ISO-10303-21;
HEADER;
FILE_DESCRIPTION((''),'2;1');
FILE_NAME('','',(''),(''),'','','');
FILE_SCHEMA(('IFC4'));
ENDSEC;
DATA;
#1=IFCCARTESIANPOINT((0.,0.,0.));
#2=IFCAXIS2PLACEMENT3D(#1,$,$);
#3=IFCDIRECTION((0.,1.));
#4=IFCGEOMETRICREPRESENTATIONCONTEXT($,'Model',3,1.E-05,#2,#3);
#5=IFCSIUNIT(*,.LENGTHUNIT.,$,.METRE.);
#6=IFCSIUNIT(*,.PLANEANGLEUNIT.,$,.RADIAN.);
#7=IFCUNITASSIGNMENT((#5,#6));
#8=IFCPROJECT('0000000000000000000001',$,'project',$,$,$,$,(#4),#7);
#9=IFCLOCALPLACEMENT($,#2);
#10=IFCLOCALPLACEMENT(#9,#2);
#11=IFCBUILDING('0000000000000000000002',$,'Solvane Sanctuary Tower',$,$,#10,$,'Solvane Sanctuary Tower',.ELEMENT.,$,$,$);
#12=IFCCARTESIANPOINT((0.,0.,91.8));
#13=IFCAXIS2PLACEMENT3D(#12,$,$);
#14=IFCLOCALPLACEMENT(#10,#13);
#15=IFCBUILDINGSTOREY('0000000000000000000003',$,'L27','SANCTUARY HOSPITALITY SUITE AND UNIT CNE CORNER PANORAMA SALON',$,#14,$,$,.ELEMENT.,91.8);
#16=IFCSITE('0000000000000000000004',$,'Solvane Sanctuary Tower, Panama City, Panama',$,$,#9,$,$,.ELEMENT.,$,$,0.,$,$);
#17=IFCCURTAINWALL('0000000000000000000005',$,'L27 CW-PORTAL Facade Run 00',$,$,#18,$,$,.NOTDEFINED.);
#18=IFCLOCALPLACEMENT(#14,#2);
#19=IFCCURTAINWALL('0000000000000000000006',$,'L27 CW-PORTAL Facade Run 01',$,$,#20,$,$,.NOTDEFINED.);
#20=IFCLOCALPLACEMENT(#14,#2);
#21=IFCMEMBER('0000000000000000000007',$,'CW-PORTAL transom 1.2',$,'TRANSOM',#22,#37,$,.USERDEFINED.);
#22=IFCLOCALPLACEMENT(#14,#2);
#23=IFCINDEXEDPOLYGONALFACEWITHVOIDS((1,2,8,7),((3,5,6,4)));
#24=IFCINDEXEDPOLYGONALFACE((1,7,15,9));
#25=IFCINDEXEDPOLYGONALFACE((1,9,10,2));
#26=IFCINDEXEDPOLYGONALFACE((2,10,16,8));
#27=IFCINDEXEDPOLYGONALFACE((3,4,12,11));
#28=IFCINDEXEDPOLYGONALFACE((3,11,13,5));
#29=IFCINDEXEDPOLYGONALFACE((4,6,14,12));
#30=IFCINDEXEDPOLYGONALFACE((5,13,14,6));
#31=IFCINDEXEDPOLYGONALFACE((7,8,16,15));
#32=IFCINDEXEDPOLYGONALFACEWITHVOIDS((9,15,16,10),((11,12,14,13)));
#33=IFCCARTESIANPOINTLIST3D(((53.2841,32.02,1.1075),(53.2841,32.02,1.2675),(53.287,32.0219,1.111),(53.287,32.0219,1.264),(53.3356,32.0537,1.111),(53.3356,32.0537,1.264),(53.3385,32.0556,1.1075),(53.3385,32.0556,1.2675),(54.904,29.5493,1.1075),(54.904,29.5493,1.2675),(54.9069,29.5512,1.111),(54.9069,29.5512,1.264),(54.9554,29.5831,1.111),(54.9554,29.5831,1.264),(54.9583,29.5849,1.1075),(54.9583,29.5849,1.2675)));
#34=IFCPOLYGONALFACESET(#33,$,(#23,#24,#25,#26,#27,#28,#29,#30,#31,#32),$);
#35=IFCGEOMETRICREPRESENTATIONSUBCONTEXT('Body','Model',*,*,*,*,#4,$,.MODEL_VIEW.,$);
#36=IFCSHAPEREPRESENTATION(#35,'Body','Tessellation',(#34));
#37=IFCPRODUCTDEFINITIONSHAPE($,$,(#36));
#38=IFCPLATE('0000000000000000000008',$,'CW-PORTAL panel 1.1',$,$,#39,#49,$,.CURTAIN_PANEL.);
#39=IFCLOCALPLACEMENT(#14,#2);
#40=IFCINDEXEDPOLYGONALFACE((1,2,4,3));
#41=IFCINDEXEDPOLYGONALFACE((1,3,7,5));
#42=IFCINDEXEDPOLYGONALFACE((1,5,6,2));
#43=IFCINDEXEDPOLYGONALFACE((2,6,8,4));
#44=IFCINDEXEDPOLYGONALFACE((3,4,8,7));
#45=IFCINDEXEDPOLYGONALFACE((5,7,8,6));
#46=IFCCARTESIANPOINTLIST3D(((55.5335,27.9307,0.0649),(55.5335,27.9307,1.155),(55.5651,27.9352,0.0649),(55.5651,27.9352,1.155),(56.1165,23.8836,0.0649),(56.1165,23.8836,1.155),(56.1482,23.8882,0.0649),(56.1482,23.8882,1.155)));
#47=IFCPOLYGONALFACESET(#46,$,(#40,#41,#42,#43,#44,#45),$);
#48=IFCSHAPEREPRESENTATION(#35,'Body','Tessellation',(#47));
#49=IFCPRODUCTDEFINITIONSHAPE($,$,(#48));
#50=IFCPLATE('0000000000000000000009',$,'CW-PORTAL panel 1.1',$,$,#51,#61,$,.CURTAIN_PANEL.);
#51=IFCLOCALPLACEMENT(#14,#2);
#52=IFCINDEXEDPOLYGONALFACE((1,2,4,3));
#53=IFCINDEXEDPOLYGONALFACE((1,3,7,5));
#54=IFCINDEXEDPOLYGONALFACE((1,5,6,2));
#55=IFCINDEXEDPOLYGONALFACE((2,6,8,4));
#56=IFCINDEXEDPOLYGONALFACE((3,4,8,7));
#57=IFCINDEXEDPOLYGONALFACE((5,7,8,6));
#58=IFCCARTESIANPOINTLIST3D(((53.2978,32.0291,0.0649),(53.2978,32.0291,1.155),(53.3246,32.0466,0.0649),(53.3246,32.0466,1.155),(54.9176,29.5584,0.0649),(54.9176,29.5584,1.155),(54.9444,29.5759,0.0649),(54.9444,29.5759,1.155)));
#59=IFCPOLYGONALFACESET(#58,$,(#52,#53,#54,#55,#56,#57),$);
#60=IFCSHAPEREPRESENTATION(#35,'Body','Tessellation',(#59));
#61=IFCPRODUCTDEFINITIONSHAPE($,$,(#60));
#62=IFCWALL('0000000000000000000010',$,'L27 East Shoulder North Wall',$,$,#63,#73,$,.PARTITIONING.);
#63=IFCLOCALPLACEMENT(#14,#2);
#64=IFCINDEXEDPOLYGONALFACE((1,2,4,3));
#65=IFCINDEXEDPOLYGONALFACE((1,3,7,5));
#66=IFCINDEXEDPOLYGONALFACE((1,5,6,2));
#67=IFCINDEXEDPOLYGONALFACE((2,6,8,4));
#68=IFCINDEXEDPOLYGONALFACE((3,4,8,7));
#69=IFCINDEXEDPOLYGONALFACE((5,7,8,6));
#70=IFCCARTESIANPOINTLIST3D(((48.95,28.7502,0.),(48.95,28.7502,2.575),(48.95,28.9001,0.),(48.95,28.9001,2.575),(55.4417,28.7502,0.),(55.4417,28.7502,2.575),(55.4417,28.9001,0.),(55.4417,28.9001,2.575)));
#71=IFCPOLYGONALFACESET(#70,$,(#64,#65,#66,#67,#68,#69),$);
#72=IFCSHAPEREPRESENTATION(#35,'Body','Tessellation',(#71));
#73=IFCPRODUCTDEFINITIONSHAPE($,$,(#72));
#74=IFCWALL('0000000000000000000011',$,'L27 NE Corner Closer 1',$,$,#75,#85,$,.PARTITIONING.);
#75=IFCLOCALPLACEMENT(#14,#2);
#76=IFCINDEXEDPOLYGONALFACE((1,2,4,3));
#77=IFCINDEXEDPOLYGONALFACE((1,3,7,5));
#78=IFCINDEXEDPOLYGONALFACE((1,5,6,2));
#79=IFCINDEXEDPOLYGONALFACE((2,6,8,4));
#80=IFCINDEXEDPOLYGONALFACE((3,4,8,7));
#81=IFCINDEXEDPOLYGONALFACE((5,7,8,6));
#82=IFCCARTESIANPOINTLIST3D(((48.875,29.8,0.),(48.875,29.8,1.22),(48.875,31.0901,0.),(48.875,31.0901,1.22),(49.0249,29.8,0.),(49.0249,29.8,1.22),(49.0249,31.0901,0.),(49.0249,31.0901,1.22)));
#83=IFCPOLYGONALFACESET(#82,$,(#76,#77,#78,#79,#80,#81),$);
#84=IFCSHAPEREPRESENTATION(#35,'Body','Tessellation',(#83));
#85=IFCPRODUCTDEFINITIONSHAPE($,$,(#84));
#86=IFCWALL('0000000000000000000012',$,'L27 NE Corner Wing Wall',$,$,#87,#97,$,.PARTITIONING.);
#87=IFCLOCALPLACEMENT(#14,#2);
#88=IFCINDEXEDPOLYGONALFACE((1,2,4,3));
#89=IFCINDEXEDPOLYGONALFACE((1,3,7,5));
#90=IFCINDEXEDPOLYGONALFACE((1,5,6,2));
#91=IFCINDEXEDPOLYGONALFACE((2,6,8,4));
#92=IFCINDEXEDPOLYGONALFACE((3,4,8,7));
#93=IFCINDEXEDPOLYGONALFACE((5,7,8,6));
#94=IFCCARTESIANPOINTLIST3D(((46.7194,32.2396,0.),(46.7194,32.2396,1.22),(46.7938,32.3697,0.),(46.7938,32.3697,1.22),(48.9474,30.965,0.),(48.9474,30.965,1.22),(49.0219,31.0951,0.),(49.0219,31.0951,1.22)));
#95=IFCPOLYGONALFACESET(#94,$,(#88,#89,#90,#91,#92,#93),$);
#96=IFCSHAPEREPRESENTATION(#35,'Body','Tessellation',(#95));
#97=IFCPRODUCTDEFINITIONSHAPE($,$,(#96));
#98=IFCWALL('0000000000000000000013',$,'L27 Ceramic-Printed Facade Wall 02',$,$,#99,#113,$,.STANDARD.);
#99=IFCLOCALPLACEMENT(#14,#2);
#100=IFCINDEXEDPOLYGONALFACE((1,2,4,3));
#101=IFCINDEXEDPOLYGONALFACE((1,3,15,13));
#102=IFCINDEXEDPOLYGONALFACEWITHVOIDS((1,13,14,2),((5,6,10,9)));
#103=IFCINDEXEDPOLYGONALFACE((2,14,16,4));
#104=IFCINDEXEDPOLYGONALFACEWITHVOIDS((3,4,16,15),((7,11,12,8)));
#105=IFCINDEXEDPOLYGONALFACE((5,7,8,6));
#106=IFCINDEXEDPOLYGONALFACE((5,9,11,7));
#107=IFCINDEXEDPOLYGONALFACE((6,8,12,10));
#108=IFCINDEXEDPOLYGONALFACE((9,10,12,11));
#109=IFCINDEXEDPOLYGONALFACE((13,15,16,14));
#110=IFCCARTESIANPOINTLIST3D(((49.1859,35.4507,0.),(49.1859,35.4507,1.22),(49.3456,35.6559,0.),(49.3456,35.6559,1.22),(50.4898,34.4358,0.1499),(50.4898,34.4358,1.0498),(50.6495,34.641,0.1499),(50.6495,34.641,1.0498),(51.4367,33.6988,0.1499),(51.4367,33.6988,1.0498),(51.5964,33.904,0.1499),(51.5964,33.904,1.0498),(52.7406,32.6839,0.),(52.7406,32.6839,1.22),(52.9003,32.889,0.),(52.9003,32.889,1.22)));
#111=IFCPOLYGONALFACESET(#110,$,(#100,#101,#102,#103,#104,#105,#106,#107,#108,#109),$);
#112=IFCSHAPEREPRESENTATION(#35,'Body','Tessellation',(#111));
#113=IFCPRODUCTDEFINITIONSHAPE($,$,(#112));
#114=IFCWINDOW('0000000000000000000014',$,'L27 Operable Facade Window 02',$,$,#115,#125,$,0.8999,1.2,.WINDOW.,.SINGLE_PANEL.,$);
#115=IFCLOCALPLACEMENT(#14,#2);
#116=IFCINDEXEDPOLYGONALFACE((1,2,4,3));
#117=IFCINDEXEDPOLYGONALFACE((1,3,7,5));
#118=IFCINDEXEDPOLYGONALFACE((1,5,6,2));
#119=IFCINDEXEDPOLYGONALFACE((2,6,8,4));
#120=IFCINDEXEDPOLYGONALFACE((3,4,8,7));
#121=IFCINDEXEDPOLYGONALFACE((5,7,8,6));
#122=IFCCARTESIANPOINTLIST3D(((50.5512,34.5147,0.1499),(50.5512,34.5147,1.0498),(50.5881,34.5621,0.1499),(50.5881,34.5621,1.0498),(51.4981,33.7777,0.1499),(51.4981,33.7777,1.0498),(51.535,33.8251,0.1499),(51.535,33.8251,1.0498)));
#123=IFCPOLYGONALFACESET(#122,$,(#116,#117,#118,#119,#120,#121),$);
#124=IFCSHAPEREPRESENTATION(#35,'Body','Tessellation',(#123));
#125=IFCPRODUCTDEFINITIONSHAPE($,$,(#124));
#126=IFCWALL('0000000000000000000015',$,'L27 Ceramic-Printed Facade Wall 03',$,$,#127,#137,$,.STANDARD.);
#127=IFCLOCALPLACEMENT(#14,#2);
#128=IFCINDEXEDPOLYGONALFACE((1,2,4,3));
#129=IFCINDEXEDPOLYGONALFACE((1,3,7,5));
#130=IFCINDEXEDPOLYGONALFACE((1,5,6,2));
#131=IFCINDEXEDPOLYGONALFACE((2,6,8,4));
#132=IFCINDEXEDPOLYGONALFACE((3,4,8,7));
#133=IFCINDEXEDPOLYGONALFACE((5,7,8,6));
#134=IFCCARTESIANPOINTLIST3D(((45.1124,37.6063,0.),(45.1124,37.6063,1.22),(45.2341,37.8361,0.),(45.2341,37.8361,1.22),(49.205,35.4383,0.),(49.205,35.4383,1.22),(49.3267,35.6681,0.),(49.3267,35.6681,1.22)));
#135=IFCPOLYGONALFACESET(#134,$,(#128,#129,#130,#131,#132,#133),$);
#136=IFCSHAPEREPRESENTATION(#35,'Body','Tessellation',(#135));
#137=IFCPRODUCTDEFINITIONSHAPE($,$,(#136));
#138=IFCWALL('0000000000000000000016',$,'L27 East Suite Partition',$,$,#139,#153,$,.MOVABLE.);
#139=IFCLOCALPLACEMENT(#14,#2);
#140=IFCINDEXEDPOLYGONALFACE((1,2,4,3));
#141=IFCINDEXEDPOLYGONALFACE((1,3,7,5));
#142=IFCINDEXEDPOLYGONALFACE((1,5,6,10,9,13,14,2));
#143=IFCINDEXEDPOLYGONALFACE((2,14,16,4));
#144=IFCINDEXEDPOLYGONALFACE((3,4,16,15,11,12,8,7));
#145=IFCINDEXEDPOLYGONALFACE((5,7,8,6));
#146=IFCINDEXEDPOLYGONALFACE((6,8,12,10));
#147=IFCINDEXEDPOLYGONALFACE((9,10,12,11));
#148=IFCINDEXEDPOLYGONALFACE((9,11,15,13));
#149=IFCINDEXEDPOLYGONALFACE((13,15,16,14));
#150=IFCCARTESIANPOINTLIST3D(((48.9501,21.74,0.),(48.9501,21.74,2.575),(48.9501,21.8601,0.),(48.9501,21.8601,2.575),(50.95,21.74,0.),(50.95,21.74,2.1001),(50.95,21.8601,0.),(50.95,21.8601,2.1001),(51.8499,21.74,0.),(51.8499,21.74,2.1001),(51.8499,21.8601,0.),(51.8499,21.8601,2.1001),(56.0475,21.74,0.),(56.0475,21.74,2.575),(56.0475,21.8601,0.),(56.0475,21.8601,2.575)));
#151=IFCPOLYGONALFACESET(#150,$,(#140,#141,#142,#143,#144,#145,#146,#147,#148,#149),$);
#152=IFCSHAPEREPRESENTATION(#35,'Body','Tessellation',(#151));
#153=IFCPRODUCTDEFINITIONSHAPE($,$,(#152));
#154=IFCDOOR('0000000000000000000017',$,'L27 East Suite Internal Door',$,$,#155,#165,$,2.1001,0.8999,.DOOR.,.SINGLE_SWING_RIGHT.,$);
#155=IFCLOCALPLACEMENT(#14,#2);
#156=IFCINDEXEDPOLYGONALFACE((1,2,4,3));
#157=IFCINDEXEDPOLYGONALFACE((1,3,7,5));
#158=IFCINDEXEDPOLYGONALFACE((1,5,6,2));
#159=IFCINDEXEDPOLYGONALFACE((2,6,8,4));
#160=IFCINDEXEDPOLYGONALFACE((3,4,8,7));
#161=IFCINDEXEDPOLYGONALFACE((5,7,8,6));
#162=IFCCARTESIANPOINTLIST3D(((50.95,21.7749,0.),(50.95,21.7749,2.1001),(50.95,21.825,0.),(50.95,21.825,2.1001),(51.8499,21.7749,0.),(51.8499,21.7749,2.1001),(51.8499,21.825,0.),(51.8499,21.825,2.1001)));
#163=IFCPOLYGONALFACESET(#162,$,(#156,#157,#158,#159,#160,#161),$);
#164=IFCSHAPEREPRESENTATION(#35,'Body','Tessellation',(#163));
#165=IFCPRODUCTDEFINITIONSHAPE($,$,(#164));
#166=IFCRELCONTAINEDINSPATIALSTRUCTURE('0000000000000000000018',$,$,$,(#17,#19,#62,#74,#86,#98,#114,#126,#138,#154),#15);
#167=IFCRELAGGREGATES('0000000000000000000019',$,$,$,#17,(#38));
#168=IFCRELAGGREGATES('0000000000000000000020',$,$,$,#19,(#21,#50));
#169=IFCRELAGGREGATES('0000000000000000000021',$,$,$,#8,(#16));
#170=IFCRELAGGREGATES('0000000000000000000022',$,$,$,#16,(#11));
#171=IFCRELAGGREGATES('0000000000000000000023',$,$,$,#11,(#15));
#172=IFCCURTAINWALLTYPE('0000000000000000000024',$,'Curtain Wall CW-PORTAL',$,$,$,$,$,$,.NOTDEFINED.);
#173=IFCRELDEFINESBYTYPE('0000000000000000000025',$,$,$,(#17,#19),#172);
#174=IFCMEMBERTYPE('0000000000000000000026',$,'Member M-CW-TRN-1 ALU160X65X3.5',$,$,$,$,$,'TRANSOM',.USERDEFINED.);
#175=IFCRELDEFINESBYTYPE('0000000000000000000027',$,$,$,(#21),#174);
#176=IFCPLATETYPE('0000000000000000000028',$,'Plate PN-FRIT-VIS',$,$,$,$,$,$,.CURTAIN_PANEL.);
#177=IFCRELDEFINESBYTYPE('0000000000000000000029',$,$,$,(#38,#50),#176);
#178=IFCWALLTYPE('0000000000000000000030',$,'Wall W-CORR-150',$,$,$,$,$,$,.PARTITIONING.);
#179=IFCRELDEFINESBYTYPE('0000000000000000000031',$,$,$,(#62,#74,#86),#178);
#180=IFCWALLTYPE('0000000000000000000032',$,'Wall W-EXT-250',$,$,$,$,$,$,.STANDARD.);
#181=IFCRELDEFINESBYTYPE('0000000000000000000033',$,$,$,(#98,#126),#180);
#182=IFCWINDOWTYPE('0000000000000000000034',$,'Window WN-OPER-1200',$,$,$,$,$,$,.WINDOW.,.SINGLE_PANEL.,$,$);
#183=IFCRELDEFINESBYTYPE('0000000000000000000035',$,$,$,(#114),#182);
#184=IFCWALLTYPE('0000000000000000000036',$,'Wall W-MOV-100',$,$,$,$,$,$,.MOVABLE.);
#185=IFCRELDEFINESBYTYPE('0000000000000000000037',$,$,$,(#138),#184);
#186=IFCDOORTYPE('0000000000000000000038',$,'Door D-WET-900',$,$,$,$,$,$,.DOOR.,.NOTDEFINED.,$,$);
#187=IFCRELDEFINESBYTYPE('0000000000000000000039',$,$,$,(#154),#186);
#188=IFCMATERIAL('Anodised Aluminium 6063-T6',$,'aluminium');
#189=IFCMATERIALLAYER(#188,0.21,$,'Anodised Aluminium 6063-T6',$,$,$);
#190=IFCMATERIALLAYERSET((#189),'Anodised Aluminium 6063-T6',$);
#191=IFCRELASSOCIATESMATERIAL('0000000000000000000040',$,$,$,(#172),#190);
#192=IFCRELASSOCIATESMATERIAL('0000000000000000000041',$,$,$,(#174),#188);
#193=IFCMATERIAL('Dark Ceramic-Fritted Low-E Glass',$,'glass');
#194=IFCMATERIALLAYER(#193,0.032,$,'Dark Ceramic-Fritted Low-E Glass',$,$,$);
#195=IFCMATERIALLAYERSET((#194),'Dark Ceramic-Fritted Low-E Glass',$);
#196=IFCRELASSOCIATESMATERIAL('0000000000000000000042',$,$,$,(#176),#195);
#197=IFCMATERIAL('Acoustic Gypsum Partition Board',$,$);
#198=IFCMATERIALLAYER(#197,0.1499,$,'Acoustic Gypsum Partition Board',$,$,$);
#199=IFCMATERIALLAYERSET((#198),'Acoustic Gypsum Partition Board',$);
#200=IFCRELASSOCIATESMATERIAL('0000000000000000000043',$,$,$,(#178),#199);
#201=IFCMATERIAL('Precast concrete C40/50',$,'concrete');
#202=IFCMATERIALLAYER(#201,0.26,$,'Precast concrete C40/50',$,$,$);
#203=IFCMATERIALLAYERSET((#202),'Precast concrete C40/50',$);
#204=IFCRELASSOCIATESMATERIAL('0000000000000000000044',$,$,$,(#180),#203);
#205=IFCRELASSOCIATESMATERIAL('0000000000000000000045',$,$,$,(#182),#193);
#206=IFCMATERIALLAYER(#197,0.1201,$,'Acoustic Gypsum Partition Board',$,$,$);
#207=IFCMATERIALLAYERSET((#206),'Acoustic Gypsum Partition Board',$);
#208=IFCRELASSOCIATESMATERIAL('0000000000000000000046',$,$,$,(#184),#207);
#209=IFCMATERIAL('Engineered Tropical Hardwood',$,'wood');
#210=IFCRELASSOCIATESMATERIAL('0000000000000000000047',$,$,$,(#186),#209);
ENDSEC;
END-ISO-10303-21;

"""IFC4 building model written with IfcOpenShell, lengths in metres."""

from ifc_helpers import new_model, si_unit, direction, frame, frame_2d, origin, origin_2d, place, context, subcontext, project, spatial, rectangle, hollow_rectangle, extrude, material, layer, layer_set, material_profile, profile_set, type_object, element, fill, aggregate, save


model = new_model("IFC4")

# Units and contexts
model_context = context("Model", 3, precision=1e-05, world=origin(), true_north=direction((0.0, 1.0)))
body_context = subcontext(model_context, "Body", "Model", "MODEL_VIEW")
ifc_project = project(units=[si_unit("LENGTHUNIT", "METRE"), si_unit("PLANEANGLEUNIT", "RADIAN")], contexts=[model_context])

# Site, building, storey
site_placement = place(None, origin())
site = spatial("IfcSite", under=ifc_project, at=site_placement, Name="Solvane Sanctuary Tower, Panama City, Panama", CompositionType="ELEMENT", RefElevation=0.0)
building_placement = place(site_placement, origin())
building = spatial("IfcBuilding", under=site, at=building_placement, Name="Solvane Sanctuary Tower", LongName="Solvane Sanctuary Tower", CompositionType="ELEMENT")
storey_placement = place(building_placement, frame((0.0, 0.0, 91.8)))
storey = spatial("IfcBuildingStorey", under=building, at=storey_placement, Name="L27", Description="SANCTUARY HOSPITALITY SUITE AND UNIT CNE CORNER PANORAMA SALON", CompositionType="ELEMENT", Elevation=91.8)

# Curtain walls
ifc_material_1 = material(Name="Anodised Aluminium 6063-T6", Category="aluminium")
ifc_layer_1 = layer(ifc_material_1, 0.21, Name="Anodised Aluminium 6063-T6")
ifc_layer_set_1 = layer_set([ifc_layer_1], Name="Anodised Aluminium 6063-T6")
curtain_wall_type = type_object("IfcCurtainWallType", Name="Curtain Wall CW-PORTAL", PredefinedType="NOTDEFINED", material=ifc_layer_set_1)
curtain_wall_1_placement = place(storey_placement, origin())
curtain_wall_1 = element("IfcCurtainWall", 1, at=curtain_wall_1_placement, inside=storey, type_object=curtain_wall_type, Name="L27 CW-PORTAL Facade Run 00", PredefinedType="NOTDEFINED")
curtain_wall_2_placement = place(storey_placement, origin())
curtain_wall_2 = element("IfcCurtainWall", 2, at=curtain_wall_2_placement, inside=storey, type_object=curtain_wall_type, Name="L27 CW-PORTAL Facade Run 01", PredefinedType="NOTDEFINED")

# Member
ifc_material_profile_1 = material_profile(ifc_material_1, hollow_rectangle(XDim=0.0649, YDim=0.1599, WallThickness=0.0034, at=origin_2d()), Name="ALU160X65X3.5")
ifc_profile_set_1 = profile_set([ifc_material_profile_1], Name="Anodised Aluminium 6063-T6")
member_type_1 = type_object("IfcMemberType", Name="Member M-CW-TRN-1 ALU160X65X3.5", ElementType="TRANSOM", PredefinedType="USERDEFINED", material=ifc_profile_set_1)
member_1_placement = place(storey_placement, frame((54.9312, 29.5671, 1.1875), z_axis=(-0.548295, 0.836285, 0.0), x_axis=(-0.836285, -0.548295, 0.0)))
member_1 = element("IfcMember", 3, at=member_1_placement, type_object=member_type_1, Name="CW-PORTAL transom 1.2", ObjectType="TRANSOM", PredefinedType="USERDEFINED", context=body_context, shape_type="SweptSolid", body=[
    extrude(hollow_rectangle(XDim=0.0649, YDim=0.1599, WallThickness=0.0034, at=origin_2d()), origin(), (0.0, 0.0, 1.0), 2.9543),
])

# Plates
ifc_material_2 = material(Name="Dark Ceramic-Fritted Low-E Glass", Category="glass")
ifc_layer_2 = layer(ifc_material_2, 0.032, Name="Dark Ceramic-Fritted Low-E Glass")
ifc_layer_set_2 = layer_set([ifc_layer_2], Name="Dark Ceramic-Fritted Low-E Glass")
plate_type = type_object("IfcPlateType", Name="Plate PN-FRIT-VIS", PredefinedType="CURTAIN_PANEL", material=ifc_layer_set_2)
plate_1_placement = place(storey_placement, frame((55.8408, 25.9094, 0.0649), z_axis=(0.0, 0.0, 1.0), x_axis=(-0.142587, 0.989782, 0.0)))
plate_1 = element("IfcPlate", 4, at=plate_1_placement, type_object=plate_type, Name="CW-PORTAL panel 1.1", PredefinedType="CURTAIN_PANEL", context=body_context, shape_type="SweptSolid", body=[
    extrude(rectangle(XDim=4.0889, YDim=0.032, at=origin_2d()), origin(), (0.0, 0.0, 1.0), 1.0901),
])
aggregate(curtain_wall_1, [plate_1])
plate_2_placement = place(storey_placement, frame((54.1211, 30.8025, 0.0649), z_axis=(0.0, 0.0, 1.0), x_axis=(-0.548276, 0.836298, 0.0)))
plate_2 = element("IfcPlate", 5, at=plate_2_placement, type_object=plate_type, Name="CW-PORTAL panel 1.1", PredefinedType="CURTAIN_PANEL", context=body_context, shape_type="SweptSolid", body=[
    extrude(rectangle(XDim=2.9543, YDim=0.032, at=origin_2d()), origin(), (0.0, 0.0, 1.0), 1.0901),
])
aggregate(curtain_wall_2, [member_1, plate_2])

# Walls
ifc_material_3 = material(Name="Acoustic Gypsum Partition Board")
ifc_layer_3 = layer(ifc_material_3, 0.1499, Name="Acoustic Gypsum Partition Board")
ifc_layer_set_3 = layer_set([ifc_layer_3], Name="Acoustic Gypsum Partition Board")
wall_type_1 = type_object("IfcWallType", Name="Wall W-CORR-150", PredefinedType="PARTITIONING", material=ifc_layer_set_3)
wall_1_placement = place(storey_placement, frame((48.95, 28.8252, 0.0), z_axis=(0.0, 0.0, 1.0), x_axis=(1.0, 0.0, 0.0)))
element("IfcWall", 6, at=wall_1_placement, inside=storey, type_object=wall_type_1, Name="L27 East Shoulder North Wall", PredefinedType="PARTITIONING", context=body_context, shape_type="SweptSolid", body=[
    extrude(rectangle(XDim=6.4917, YDim=0.1499, at=frame_2d((3.2458, 0.0))), origin(), (0.0, 0.0, 1.0), 2.575),
])
wall_2_placement = place(storey_placement, frame((48.95, 29.8, 0.0), z_axis=(0.0, 0.0, 1.0), x_axis=(0.0, 1.0, 0.0)))
element("IfcWall", 7, at=wall_2_placement, inside=storey, type_object=wall_type_1, Name="L27 NE Corner Closer 1", PredefinedType="PARTITIONING", context=body_context, shape_type="SweptSolid", body=[
    extrude(rectangle(XDim=1.29, YDim=0.1499, at=frame_2d((0.645, 0.0))), origin(), (0.0, 0.0, 1.0), 1.22),
])
wall_3_placement = place(storey_placement, frame((46.7566, 32.3047, 0.0), z_axis=(0.0, 0.0, 1.0), x_axis=(0.867991, -0.496579, 0.0)))
element("IfcWall", 8, at=wall_3_placement, inside=storey, type_object=wall_type_1, Name="L27 NE Corner Wing Wall", PredefinedType="PARTITIONING", context=body_context, shape_type="SweptSolid", body=[
    extrude(rectangle(XDim=2.5669, YDim=0.1499, at=frame_2d((1.2834, 0.0))), origin(), (0.0, 0.0, 1.0), 1.22),
])

# Wall, opening, window
ifc_material_4 = material(Name="Precast concrete C40/50", Category="concrete")
ifc_layer_4 = layer(ifc_material_4, 0.26, Name="Precast concrete C40/50")
ifc_layer_set_4 = layer_set([ifc_layer_4], Name="Precast concrete C40/50")
wall_type_2 = type_object("IfcWallType", Name="Wall W-EXT-250", PredefinedType="STANDARD", material=ifc_layer_set_4)
wall_4_placement = place(storey_placement, frame((52.8206, 32.7864, 0.0), z_axis=(0.0, 0.0, 1.0), x_axis=(-0.789127, 0.614229, 0.0)))
wall_4 = element("IfcWall", 9, at=wall_4_placement, inside=storey, type_object=wall_type_2, Name="L27 Ceramic-Printed Facade Wall 02", PredefinedType="STANDARD", context=body_context, shape_type="SweptSolid", body=[
    extrude(rectangle(XDim=4.5046, YDim=0.26, at=frame_2d((2.2524, 0.0))), origin(), (0.0, 0.0, 1.0), 1.22),
])
opening_1_placement = place(wall_4_placement, frame((1.6523, 0.0, 0.1499)))
opening_1 = element("IfcOpeningElement", 10, at=opening_1_placement, cuts=wall_4, PredefinedType="OPENING", context=body_context, shape_type="SweptSolid", body=[
    extrude(rectangle(XDim=1.2, YDim=0.8999, at=frame_2d((0.6001, 0.45))), frame((0.0, 0.1399, 0.0), z_axis=(0.0, -1.0, 0.0), x_axis=(1.0, 0.0, 0.0)), (0.0, 0.0, 1.0), 0.28),
])
window_type = type_object("IfcWindowType", Name="Window WN-OPER-1200", PartitioningType="SINGLE_PANEL", PredefinedType="WINDOW", material=ifc_material_2)
window_placement = place(opening_1_placement, origin())
window = element("IfcWindow", 11, at=window_placement, inside=storey, type_object=window_type, Name="L27 Operable Facade Window 02", OverallHeight=0.8999, OverallWidth=1.2, PartitioningType="SINGLE_PANEL", PredefinedType="WINDOW", context=body_context, shape_type="SweptSolid", body=[
    extrude(rectangle(XDim=1.2, YDim=0.8999, at=frame_2d((0.6001, 0.45))), frame((0.0, 0.03, 0.0), z_axis=(0.0, -1.0, 0.0), x_axis=(1.0, 0.0, 0.0)), (0.0, 0.0, 1.0), 0.0601),
])
fill(opening_1, window)

# Wall
wall_5_placement = place(storey_placement, frame((49.2659, 35.5532, 0.0), z_axis=(0.0, 0.0, 1.0), x_axis=(-0.883669, 0.468113, 0.0)))
element("IfcWall", 12, at=wall_5_placement, inside=storey, type_object=wall_type_2, Name="L27 Ceramic-Printed Facade Wall 03", PredefinedType="STANDARD", context=body_context, shape_type="SweptSolid", body=[
    extrude(rectangle(XDim=4.6313, YDim=0.26, at=frame_2d((2.3157, 0.0))), origin(), (0.0, 0.0, 1.0), 1.22),
])

# Wall, opening, door
ifc_layer_5 = layer(ifc_material_3, 0.1201, Name="Acoustic Gypsum Partition Board")
ifc_layer_set_5 = layer_set([ifc_layer_5], Name="Acoustic Gypsum Partition Board")
wall_type_3 = type_object("IfcWallType", Name="Wall W-MOV-100", PredefinedType="MOVABLE", material=ifc_layer_set_5)
wall_6_placement = place(storey_placement, frame((48.95, 21.8, 0.0), z_axis=(0.0, 0.0, 1.0), x_axis=(1.0, 0.0, 0.0)))
wall_6 = element("IfcWall", 13, at=wall_6_placement, inside=storey, type_object=wall_type_3, Name="L27 East Suite Partition", PredefinedType="MOVABLE", context=body_context, shape_type="SweptSolid", body=[
    extrude(rectangle(XDim=7.0974, YDim=0.1201, at=frame_2d((3.5488, 0.0))), origin(), (0.0, 0.0, 1.0), 2.575),
])
opening_2_placement = place(wall_6_placement, frame((2.0, 0.0, 0.0)))
opening_2 = element("IfcOpeningElement", 14, at=opening_2_placement, cuts=wall_6, PredefinedType="OPENING", context=body_context, shape_type="SweptSolid", body=[
    extrude(rectangle(XDim=0.8999, YDim=2.1001, at=frame_2d((0.45, 1.05))), frame((0.0, 0.0701, 0.0), z_axis=(0.0, -1.0, 0.0), x_axis=(1.0, 0.0, 0.0)), (0.0, 0.0, 1.0), 0.1401),
])
ifc_material_5 = material(Name="Engineered Tropical Hardwood", Category="wood")
door_type = type_object("IfcDoorType", Name="Door D-WET-900", OperationType="NOTDEFINED", PredefinedType="DOOR", material=ifc_material_5)
door_placement = place(opening_2_placement, origin())
door = element("IfcDoor", 15, at=door_placement, inside=storey, type_object=door_type, Name="L27 East Suite Internal Door", OperationType="SINGLE_SWING_RIGHT", OverallHeight=2.1001, OverallWidth=0.8999, PredefinedType="DOOR", context=body_context, shape_type="SweptSolid", body=[
    extrude(rectangle(XDim=0.8999, YDim=2.1001, at=frame_2d((0.45, 1.05))), frame((0.0, 0.0249, 0.0), z_axis=(0.0, -1.0, 0.0), x_axis=(1.0, 0.0, 0.0)), (0.0, 0.0, 1.0), 0.05),
])
fill(opening_2, door)

save(model, "model.ifc")
